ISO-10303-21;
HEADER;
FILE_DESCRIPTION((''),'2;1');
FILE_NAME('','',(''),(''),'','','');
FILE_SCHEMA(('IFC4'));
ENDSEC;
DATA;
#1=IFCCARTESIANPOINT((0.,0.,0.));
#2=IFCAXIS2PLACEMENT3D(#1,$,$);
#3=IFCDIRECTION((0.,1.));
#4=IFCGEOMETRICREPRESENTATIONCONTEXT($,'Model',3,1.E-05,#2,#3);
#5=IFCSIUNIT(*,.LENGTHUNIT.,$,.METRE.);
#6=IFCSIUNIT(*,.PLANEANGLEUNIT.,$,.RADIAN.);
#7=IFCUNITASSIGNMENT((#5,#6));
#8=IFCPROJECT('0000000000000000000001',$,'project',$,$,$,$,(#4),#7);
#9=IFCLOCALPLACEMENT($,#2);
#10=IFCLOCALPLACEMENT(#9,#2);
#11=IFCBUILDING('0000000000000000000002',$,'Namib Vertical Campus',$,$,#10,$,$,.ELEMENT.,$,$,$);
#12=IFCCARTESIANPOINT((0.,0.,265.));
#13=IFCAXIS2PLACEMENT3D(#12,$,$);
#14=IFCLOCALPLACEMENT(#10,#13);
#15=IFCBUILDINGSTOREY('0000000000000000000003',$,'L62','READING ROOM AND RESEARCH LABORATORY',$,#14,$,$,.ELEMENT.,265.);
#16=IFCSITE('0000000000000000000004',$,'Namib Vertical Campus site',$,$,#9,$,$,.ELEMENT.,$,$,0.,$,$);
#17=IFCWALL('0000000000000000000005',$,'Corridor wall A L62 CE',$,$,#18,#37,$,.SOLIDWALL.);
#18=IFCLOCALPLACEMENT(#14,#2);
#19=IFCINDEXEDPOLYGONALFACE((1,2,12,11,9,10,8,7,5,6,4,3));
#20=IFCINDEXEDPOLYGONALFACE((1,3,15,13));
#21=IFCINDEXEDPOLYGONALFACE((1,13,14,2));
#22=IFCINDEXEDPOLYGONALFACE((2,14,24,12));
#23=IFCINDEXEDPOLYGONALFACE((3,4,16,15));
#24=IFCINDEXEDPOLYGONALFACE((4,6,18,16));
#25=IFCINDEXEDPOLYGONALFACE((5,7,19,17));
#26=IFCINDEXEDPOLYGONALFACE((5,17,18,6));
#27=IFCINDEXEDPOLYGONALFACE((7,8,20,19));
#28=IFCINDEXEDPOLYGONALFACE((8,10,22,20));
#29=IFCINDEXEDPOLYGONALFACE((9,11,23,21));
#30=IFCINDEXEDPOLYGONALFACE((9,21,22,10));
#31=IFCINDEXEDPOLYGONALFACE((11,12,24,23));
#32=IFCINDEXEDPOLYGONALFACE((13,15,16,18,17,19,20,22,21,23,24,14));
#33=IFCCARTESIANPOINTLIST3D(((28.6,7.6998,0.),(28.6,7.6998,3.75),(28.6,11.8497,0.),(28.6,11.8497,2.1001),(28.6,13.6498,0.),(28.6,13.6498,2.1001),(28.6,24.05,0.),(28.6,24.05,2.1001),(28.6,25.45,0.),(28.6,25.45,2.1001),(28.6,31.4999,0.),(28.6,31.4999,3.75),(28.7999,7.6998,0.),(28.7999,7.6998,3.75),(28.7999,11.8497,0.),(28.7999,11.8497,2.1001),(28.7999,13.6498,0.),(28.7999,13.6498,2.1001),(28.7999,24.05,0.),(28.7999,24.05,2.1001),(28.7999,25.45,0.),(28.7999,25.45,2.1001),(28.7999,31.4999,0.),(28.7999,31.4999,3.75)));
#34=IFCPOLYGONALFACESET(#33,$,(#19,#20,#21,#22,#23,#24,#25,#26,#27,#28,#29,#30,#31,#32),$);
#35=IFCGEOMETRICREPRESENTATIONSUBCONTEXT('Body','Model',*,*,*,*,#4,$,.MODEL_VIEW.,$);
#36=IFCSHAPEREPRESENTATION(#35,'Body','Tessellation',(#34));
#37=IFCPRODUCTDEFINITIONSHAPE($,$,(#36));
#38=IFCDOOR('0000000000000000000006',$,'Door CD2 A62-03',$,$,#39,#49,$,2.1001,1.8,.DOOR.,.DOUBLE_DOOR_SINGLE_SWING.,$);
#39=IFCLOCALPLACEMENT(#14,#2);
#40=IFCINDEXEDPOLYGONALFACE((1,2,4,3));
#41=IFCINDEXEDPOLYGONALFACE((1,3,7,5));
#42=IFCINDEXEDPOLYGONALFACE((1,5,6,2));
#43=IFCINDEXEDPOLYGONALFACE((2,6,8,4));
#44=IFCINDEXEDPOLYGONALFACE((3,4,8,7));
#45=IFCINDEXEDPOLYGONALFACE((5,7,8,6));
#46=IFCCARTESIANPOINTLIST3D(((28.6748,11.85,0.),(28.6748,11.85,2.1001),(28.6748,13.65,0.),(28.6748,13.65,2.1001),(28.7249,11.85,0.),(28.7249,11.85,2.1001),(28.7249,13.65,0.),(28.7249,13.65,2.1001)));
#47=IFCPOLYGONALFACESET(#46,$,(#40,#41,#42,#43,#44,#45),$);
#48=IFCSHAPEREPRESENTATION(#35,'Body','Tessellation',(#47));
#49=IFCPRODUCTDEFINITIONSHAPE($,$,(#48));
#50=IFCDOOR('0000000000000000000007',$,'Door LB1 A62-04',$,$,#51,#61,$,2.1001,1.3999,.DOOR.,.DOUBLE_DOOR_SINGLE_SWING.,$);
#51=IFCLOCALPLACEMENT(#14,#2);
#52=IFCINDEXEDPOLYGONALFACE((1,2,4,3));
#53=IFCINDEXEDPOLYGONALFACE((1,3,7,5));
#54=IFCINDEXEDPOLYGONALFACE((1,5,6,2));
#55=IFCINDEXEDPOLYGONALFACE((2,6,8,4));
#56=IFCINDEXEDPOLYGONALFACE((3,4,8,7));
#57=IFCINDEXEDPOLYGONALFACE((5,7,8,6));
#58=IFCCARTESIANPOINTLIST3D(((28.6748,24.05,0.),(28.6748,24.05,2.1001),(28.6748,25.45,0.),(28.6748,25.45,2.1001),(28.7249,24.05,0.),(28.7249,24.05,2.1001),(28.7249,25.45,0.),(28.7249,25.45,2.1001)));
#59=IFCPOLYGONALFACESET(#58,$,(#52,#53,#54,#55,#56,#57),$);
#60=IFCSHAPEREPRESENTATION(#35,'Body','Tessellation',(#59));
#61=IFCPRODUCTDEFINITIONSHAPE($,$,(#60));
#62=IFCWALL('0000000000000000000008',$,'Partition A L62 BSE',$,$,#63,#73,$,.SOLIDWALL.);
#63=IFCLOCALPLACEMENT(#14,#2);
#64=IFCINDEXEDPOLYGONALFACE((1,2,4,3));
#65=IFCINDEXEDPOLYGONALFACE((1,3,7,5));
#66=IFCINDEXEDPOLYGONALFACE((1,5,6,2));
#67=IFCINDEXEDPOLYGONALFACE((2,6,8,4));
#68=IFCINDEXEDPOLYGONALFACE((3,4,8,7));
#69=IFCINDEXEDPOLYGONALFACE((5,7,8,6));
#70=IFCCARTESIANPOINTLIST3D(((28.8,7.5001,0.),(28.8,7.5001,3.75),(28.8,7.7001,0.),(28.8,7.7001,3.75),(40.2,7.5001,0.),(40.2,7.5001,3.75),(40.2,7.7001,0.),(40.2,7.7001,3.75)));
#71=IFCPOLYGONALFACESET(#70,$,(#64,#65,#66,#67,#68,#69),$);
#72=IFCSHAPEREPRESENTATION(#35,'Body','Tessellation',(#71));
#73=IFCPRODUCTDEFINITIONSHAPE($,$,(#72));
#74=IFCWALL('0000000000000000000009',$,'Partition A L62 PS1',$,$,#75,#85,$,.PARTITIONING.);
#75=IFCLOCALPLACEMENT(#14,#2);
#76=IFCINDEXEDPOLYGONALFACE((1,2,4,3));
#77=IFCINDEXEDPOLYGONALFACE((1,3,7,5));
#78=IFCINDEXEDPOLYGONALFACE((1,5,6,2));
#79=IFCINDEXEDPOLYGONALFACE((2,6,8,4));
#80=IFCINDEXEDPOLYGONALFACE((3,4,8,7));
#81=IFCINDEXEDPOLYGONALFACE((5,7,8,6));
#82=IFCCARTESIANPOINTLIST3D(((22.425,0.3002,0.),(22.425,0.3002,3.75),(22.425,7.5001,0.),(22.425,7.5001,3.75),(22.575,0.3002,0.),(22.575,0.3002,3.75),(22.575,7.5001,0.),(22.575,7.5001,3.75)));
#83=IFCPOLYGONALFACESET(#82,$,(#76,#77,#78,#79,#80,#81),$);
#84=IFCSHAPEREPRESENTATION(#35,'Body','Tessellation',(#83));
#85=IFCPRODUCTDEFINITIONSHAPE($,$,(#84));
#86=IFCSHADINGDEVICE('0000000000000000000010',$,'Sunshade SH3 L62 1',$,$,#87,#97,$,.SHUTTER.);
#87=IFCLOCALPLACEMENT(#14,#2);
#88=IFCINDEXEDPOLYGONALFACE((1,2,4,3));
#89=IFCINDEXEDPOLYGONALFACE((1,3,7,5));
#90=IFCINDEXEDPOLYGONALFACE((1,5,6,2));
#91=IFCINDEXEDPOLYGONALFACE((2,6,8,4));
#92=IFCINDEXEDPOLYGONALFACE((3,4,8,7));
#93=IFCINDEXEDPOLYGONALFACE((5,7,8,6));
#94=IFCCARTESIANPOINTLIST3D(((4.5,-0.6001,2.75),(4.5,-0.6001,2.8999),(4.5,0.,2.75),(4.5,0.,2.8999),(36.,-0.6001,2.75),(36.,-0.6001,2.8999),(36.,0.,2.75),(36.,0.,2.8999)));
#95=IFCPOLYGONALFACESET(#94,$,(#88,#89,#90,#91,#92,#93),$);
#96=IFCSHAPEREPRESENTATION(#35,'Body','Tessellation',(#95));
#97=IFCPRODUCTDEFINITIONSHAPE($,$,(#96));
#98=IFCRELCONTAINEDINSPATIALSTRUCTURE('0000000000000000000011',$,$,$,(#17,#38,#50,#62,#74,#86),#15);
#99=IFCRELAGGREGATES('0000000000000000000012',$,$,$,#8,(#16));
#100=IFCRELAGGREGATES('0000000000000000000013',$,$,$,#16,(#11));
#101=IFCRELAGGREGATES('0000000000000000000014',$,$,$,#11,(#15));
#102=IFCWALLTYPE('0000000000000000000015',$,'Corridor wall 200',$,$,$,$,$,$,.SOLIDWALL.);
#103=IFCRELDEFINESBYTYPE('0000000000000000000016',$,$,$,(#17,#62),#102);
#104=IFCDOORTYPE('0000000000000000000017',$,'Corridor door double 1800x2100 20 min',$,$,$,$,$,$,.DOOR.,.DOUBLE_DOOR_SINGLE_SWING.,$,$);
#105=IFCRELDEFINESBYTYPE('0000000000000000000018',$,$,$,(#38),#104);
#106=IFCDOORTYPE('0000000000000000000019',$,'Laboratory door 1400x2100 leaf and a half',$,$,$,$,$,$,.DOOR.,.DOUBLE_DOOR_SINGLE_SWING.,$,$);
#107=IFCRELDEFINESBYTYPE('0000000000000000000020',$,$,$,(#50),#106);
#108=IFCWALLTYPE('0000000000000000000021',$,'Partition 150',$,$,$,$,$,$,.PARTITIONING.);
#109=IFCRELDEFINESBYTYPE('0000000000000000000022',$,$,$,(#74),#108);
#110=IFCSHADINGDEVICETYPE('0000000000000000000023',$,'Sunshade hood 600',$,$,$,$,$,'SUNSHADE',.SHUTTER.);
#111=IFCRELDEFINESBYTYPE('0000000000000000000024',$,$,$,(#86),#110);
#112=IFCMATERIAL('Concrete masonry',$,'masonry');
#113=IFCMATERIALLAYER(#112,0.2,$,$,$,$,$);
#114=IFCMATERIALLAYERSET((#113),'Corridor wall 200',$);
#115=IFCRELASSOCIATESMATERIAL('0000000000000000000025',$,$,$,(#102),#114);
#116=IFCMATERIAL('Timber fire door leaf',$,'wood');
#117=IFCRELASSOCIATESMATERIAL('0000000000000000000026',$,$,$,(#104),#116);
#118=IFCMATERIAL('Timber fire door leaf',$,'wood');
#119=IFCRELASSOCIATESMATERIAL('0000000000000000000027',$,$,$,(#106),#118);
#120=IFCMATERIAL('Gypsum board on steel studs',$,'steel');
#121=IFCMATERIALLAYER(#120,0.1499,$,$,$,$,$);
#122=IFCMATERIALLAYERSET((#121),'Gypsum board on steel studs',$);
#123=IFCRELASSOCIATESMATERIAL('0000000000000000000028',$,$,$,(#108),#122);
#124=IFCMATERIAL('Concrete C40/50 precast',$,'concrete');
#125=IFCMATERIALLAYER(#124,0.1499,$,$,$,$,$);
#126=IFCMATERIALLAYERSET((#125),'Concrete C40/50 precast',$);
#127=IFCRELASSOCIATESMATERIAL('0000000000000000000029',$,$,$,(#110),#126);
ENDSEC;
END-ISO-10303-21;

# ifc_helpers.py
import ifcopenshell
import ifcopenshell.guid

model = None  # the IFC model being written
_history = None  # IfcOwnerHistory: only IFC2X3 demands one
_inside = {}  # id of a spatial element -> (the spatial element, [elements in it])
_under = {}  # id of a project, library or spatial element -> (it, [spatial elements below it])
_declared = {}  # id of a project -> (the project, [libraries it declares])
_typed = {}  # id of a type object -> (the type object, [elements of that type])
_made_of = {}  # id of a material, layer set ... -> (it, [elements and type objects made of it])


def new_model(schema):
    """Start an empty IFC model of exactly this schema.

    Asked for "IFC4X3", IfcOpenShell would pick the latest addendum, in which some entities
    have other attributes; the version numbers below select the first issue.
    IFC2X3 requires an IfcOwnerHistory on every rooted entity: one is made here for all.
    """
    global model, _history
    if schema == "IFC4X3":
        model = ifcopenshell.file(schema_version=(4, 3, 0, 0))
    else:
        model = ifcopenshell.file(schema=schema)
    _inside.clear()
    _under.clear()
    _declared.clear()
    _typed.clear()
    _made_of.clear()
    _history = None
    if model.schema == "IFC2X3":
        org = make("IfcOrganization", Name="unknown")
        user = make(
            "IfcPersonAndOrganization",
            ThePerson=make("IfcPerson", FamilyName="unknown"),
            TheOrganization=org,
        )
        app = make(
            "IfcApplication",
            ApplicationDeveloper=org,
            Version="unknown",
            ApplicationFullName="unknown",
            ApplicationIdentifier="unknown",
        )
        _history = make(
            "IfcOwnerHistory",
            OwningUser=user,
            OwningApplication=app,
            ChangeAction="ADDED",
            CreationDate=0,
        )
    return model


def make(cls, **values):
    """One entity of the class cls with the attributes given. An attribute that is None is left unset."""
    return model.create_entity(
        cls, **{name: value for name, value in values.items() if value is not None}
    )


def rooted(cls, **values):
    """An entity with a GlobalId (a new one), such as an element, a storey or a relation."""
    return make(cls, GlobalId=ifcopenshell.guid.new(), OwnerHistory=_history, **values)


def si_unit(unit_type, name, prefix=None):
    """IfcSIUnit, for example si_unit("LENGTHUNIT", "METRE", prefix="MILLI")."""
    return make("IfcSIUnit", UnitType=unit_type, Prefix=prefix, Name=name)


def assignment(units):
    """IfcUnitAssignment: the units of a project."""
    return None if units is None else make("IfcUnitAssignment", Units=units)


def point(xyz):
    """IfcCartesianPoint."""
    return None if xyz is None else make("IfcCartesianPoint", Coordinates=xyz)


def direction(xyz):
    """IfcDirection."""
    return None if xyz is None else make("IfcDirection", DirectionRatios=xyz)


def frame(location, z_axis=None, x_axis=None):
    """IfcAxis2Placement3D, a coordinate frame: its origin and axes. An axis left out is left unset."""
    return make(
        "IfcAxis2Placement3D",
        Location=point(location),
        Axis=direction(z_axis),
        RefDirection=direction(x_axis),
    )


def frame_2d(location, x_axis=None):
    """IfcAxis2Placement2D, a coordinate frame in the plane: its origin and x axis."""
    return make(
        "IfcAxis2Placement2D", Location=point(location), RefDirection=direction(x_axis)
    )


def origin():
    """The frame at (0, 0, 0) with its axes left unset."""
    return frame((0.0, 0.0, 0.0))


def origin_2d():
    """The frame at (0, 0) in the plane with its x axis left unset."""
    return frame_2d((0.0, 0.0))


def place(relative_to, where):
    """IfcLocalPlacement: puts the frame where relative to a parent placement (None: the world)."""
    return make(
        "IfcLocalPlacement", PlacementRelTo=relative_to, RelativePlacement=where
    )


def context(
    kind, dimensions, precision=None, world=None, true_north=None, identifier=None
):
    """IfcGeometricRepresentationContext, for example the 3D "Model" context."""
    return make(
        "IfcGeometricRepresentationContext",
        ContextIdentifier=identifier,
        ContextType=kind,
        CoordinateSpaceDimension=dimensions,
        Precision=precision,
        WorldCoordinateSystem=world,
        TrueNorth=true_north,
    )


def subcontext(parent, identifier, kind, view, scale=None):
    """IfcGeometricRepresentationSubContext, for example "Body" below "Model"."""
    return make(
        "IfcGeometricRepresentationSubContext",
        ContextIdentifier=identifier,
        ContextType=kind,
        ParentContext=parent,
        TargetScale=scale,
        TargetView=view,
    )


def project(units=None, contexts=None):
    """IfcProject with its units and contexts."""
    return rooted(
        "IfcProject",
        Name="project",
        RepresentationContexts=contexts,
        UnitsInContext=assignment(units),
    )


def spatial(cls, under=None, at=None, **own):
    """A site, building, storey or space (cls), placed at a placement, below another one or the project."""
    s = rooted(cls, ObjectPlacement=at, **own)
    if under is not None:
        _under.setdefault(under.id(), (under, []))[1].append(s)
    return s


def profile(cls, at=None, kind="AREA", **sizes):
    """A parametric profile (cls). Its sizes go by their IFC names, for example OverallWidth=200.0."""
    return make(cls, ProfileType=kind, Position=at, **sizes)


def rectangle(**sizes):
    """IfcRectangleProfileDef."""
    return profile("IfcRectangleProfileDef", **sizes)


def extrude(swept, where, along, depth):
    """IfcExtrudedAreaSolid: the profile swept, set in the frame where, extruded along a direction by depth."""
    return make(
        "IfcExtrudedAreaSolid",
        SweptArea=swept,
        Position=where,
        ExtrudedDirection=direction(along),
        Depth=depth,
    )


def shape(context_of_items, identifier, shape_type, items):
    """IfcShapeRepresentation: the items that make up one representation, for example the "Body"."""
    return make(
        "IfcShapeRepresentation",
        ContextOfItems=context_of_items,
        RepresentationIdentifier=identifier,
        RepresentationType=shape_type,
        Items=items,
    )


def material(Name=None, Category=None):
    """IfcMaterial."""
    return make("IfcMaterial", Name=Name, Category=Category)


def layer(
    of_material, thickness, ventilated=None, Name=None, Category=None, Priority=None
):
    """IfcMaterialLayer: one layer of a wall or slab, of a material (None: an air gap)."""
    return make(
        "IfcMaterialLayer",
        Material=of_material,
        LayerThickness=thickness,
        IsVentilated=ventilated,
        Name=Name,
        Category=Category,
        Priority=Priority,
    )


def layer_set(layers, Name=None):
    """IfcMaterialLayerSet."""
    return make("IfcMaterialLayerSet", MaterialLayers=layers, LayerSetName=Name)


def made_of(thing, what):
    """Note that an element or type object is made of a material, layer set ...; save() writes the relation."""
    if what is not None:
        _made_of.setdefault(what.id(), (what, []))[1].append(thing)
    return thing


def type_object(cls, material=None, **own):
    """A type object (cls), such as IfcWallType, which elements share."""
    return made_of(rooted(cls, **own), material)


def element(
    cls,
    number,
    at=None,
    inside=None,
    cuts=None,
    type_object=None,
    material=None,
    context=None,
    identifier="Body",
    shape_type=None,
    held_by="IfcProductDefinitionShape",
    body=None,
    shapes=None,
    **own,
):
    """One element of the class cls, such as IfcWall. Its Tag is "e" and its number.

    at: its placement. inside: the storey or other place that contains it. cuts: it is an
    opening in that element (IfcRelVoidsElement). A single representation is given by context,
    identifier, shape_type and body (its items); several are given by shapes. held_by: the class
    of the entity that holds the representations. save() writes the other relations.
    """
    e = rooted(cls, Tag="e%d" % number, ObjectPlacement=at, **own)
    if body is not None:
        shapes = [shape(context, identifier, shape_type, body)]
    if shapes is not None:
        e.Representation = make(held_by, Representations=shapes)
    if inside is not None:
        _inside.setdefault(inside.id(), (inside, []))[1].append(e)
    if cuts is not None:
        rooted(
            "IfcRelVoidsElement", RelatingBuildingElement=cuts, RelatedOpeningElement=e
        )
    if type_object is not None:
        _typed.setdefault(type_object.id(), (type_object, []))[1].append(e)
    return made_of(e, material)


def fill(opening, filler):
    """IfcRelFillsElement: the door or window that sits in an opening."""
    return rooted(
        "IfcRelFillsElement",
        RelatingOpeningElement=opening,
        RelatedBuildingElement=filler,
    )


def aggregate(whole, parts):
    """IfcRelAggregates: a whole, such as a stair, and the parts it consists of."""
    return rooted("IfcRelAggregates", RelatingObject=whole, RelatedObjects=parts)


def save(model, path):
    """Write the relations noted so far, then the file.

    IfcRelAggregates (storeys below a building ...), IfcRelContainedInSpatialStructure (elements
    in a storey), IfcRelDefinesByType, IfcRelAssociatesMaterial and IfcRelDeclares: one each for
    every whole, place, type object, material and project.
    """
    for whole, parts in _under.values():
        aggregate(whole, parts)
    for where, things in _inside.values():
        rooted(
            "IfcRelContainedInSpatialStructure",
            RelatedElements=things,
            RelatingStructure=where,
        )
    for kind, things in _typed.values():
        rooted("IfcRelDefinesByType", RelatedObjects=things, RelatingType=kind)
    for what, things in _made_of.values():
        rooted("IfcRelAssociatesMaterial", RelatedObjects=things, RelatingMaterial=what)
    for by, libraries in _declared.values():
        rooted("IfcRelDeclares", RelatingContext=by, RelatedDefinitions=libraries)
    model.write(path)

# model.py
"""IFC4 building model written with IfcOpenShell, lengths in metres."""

from ifc_helpers import new_model, si_unit, direction, frame, frame_2d, origin, origin_2d, place, context, subcontext, project, spatial, rectangle, extrude, material, layer, layer_set, type_object, element, fill, save


model = new_model("IFC4")

# Units and contexts
model_context = context("Model", 3, precision=1e-05, world=origin(), true_north=direction((0.0, 1.0)))
body_context = subcontext(model_context, "Body", "Model", "MODEL_VIEW")
ifc_project = project(units=[si_unit("LENGTHUNIT", "METRE"), si_unit("PLANEANGLEUNIT", "RADIAN")], contexts=[model_context])

# Site, building, storey
site_placement = place(None, origin())
site = spatial("IfcSite", under=ifc_project, at=site_placement, Name="Namib Vertical Campus site", CompositionType="ELEMENT", RefElevation=0.0)
building_placement = place(site_placement, origin())
building = spatial("IfcBuilding", under=site, at=building_placement, Name="Namib Vertical Campus", CompositionType="ELEMENT")
storey_placement = place(building_placement, frame((0.0, 0.0, 265.0)))
storey = spatial("IfcBuildingStorey", under=building, at=storey_placement, Name="L62", Description="READING ROOM AND RESEARCH LABORATORY", CompositionType="ELEMENT", Elevation=265.0)

# Wall, openings, doors
ifc_material_1 = material(Name="Concrete masonry", Category="masonry")
ifc_layer_1 = layer(ifc_material_1, 0.2)
ifc_layer_set_1 = layer_set([ifc_layer_1], Name="Corridor wall 200")
wall_type_1 = type_object("IfcWallType", Name="Corridor wall 200", PredefinedType="SOLIDWALL", material=ifc_layer_set_1)
wall_1_placement = place(storey_placement, frame((28.7, 7.7, 0.0), z_axis=(0.0, 0.0, 1.0), x_axis=(0.0, 1.0, 0.0)))
wall_1 = element("IfcWall", 1, at=wall_1_placement, inside=storey, type_object=wall_type_1, Name="Corridor wall A L62 CE", PredefinedType="SOLIDWALL", context=body_context, shape_type="SweptSolid", body=[
    extrude(rectangle(XDim=23.8, YDim=0.2, at=frame_2d((11.8999, 0.0))), origin(), (0.0, 0.0, 1.0), 3.75),
])
opening_1_placement = place(wall_1_placement, frame((4.1499, 0.0, 0.0)))
opening_1 = element("IfcOpeningElement", 2, at=opening_1_placement, cuts=wall_1, PredefinedType="OPENING", context=body_context, shape_type="SweptSolid", body=[
    extrude(rectangle(XDim=1.8, YDim=2.1001, at=frame_2d((0.8999, 1.05))), frame((0.0, 0.1099, 0.0), z_axis=(0.0, -1.0, 0.0), x_axis=(1.0, 0.0, 0.0)), (0.0, 0.0, 1.0), 0.22),
])
opening_2_placement = place(wall_1_placement, frame((16.3501, 0.0, 0.0)))
opening_2 = element("IfcOpeningElement", 3, at=opening_2_placement, cuts=wall_1, PredefinedType="OPENING", context=body_context, shape_type="SweptSolid", body=[
    extrude(rectangle(XDim=1.3999, YDim=2.1001, at=frame_2d((0.7, 1.05))), frame((0.0, 0.1099, 0.0), z_axis=(0.0, -1.0, 0.0), x_axis=(1.0, 0.0, 0.0)), (0.0, 0.0, 1.0), 0.22),
])
ifc_material_2 = material(Name="Timber fire door leaf", Category="wood")
door_type_1 = type_object("IfcDoorType", Name="Corridor door double 1800x2100 20 min", OperationType="DOUBLE_DOOR_SINGLE_SWING", PredefinedType="DOOR", material=ifc_material_2)
door_1_placement = place(opening_1_placement, frame((1.8, 0.0, 0.0), z_axis=(0.0, 0.0, 1.0), x_axis=(-1.0, 0.0, 0.0)))
door_1 = element("IfcDoor", 4, at=door_1_placement, inside=storey, type_object=door_type_1, Name="Door CD2 A62-03", OperationType="DOUBLE_DOOR_SINGLE_SWING", OverallHeight=2.1001, OverallWidth=1.8, PredefinedType="DOOR", context=body_context, shape_type="SweptSolid", body=[
    extrude(rectangle(XDim=1.8, YDim=2.1001, at=frame_2d((0.8999, 1.05))), frame((0.0, 0.0249, 0.0), z_axis=(0.0, -1.0, 0.0), x_axis=(1.0, 0.0, 0.0)), (0.0, 0.0, 1.0), 0.05),
])
fill(opening_1, door_1)
ifc_material_3 = material(Name="Timber fire door leaf", Category="wood")
door_type_2 = type_object("IfcDoorType", Name="Laboratory door 1400x2100 leaf and a half", OperationType="DOUBLE_DOOR_SINGLE_SWING", PredefinedType="DOOR", material=ifc_material_3)
door_2_placement = place(opening_2_placement, frame((1.3999, 0.0, 0.0), z_axis=(0.0, 0.0, 1.0), x_axis=(-1.0, 0.0, 0.0)))
door_2 = element("IfcDoor", 5, at=door_2_placement, inside=storey, type_object=door_type_2, Name="Door LB1 A62-04", OperationType="DOUBLE_DOOR_SINGLE_SWING", OverallHeight=2.1001, OverallWidth=1.3999, PredefinedType="DOOR", context=body_context, shape_type="SweptSolid", body=[
    extrude(rectangle(XDim=1.3999, YDim=2.1001, at=frame_2d((0.7, 1.05))), frame((0.0, 0.0249, 0.0), z_axis=(0.0, -1.0, 0.0), x_axis=(1.0, 0.0, 0.0)), (0.0, 0.0, 1.0), 0.05),
])
fill(opening_2, door_2)

# Walls
wall_2_placement = place(storey_placement, frame((28.8, 7.6001, 0.0), z_axis=(0.0, 0.0, 1.0), x_axis=(1.0, 0.0, 0.0)))
element("IfcWall", 6, at=wall_2_placement, inside=storey, type_object=wall_type_1, Name="Partition A L62 BSE", PredefinedType="SOLIDWALL", context=body_context, shape_type="SweptSolid", body=[
    extrude(rectangle(XDim=11.3999, YDim=0.2, at=frame_2d((5.7, 0.0))), origin(), (0.0, 0.0, 1.0), 3.75),
])
ifc_material_4 = material(Name="Gypsum board on steel studs", Category="steel")
ifc_layer_2 = layer(ifc_material_4, 0.1499)
ifc_layer_set_2 = layer_set([ifc_layer_2], Name="Gypsum board on steel studs")
wall_type_2 = type_object("IfcWallType", Name="Partition 150", PredefinedType="PARTITIONING", material=ifc_layer_set_2)
wall_3_placement = place(storey_placement, frame((22.5, 0.3, 0.0), z_axis=(0.0, 0.0, 1.0), x_axis=(0.0, 1.0, 0.0)))
element("IfcWall", 7, at=wall_3_placement, inside=storey, type_object=wall_type_2, Name="Partition A L62 PS1", PredefinedType="PARTITIONING", context=body_context, shape_type="SweptSolid", body=[
    extrude(rectangle(XDim=7.2, YDim=0.1499, at=frame_2d((3.6001, 0.0))), origin(), (0.0, 0.0, 1.0), 3.75),
])

# Shading device
ifc_material_5 = material(Name="Concrete C40/50 precast", Category="concrete")
ifc_layer_3 = layer(ifc_material_5, 0.1499)
ifc_layer_set_3 = layer_set([ifc_layer_3], Name="Concrete C40/50 precast")
shading_device_type = type_object("IfcShadingDeviceType", Name="Sunshade hood 600", ElementType="SUNSHADE", PredefinedType="SHUTTER", material=ifc_layer_set_3)
shading_device_placement = place(storey_placement, frame((20.25, -0.3, 2.75), z_axis=(0.0, 0.0, 1.0), x_axis=(1.0, 0.0, 0.0)))
element("IfcShadingDevice", 8, at=shading_device_placement, inside=storey, type_object=shading_device_type, Name="Sunshade SH3 L62 1", PredefinedType="SHUTTER", context=body_context, shape_type="SweptSolid", body=[
    extrude(rectangle(XDim=31.5, YDim=0.6001, at=origin_2d()), origin(), (0.0, 0.0, 1.0), 0.1499),
])

save(model, "model.ifc")
